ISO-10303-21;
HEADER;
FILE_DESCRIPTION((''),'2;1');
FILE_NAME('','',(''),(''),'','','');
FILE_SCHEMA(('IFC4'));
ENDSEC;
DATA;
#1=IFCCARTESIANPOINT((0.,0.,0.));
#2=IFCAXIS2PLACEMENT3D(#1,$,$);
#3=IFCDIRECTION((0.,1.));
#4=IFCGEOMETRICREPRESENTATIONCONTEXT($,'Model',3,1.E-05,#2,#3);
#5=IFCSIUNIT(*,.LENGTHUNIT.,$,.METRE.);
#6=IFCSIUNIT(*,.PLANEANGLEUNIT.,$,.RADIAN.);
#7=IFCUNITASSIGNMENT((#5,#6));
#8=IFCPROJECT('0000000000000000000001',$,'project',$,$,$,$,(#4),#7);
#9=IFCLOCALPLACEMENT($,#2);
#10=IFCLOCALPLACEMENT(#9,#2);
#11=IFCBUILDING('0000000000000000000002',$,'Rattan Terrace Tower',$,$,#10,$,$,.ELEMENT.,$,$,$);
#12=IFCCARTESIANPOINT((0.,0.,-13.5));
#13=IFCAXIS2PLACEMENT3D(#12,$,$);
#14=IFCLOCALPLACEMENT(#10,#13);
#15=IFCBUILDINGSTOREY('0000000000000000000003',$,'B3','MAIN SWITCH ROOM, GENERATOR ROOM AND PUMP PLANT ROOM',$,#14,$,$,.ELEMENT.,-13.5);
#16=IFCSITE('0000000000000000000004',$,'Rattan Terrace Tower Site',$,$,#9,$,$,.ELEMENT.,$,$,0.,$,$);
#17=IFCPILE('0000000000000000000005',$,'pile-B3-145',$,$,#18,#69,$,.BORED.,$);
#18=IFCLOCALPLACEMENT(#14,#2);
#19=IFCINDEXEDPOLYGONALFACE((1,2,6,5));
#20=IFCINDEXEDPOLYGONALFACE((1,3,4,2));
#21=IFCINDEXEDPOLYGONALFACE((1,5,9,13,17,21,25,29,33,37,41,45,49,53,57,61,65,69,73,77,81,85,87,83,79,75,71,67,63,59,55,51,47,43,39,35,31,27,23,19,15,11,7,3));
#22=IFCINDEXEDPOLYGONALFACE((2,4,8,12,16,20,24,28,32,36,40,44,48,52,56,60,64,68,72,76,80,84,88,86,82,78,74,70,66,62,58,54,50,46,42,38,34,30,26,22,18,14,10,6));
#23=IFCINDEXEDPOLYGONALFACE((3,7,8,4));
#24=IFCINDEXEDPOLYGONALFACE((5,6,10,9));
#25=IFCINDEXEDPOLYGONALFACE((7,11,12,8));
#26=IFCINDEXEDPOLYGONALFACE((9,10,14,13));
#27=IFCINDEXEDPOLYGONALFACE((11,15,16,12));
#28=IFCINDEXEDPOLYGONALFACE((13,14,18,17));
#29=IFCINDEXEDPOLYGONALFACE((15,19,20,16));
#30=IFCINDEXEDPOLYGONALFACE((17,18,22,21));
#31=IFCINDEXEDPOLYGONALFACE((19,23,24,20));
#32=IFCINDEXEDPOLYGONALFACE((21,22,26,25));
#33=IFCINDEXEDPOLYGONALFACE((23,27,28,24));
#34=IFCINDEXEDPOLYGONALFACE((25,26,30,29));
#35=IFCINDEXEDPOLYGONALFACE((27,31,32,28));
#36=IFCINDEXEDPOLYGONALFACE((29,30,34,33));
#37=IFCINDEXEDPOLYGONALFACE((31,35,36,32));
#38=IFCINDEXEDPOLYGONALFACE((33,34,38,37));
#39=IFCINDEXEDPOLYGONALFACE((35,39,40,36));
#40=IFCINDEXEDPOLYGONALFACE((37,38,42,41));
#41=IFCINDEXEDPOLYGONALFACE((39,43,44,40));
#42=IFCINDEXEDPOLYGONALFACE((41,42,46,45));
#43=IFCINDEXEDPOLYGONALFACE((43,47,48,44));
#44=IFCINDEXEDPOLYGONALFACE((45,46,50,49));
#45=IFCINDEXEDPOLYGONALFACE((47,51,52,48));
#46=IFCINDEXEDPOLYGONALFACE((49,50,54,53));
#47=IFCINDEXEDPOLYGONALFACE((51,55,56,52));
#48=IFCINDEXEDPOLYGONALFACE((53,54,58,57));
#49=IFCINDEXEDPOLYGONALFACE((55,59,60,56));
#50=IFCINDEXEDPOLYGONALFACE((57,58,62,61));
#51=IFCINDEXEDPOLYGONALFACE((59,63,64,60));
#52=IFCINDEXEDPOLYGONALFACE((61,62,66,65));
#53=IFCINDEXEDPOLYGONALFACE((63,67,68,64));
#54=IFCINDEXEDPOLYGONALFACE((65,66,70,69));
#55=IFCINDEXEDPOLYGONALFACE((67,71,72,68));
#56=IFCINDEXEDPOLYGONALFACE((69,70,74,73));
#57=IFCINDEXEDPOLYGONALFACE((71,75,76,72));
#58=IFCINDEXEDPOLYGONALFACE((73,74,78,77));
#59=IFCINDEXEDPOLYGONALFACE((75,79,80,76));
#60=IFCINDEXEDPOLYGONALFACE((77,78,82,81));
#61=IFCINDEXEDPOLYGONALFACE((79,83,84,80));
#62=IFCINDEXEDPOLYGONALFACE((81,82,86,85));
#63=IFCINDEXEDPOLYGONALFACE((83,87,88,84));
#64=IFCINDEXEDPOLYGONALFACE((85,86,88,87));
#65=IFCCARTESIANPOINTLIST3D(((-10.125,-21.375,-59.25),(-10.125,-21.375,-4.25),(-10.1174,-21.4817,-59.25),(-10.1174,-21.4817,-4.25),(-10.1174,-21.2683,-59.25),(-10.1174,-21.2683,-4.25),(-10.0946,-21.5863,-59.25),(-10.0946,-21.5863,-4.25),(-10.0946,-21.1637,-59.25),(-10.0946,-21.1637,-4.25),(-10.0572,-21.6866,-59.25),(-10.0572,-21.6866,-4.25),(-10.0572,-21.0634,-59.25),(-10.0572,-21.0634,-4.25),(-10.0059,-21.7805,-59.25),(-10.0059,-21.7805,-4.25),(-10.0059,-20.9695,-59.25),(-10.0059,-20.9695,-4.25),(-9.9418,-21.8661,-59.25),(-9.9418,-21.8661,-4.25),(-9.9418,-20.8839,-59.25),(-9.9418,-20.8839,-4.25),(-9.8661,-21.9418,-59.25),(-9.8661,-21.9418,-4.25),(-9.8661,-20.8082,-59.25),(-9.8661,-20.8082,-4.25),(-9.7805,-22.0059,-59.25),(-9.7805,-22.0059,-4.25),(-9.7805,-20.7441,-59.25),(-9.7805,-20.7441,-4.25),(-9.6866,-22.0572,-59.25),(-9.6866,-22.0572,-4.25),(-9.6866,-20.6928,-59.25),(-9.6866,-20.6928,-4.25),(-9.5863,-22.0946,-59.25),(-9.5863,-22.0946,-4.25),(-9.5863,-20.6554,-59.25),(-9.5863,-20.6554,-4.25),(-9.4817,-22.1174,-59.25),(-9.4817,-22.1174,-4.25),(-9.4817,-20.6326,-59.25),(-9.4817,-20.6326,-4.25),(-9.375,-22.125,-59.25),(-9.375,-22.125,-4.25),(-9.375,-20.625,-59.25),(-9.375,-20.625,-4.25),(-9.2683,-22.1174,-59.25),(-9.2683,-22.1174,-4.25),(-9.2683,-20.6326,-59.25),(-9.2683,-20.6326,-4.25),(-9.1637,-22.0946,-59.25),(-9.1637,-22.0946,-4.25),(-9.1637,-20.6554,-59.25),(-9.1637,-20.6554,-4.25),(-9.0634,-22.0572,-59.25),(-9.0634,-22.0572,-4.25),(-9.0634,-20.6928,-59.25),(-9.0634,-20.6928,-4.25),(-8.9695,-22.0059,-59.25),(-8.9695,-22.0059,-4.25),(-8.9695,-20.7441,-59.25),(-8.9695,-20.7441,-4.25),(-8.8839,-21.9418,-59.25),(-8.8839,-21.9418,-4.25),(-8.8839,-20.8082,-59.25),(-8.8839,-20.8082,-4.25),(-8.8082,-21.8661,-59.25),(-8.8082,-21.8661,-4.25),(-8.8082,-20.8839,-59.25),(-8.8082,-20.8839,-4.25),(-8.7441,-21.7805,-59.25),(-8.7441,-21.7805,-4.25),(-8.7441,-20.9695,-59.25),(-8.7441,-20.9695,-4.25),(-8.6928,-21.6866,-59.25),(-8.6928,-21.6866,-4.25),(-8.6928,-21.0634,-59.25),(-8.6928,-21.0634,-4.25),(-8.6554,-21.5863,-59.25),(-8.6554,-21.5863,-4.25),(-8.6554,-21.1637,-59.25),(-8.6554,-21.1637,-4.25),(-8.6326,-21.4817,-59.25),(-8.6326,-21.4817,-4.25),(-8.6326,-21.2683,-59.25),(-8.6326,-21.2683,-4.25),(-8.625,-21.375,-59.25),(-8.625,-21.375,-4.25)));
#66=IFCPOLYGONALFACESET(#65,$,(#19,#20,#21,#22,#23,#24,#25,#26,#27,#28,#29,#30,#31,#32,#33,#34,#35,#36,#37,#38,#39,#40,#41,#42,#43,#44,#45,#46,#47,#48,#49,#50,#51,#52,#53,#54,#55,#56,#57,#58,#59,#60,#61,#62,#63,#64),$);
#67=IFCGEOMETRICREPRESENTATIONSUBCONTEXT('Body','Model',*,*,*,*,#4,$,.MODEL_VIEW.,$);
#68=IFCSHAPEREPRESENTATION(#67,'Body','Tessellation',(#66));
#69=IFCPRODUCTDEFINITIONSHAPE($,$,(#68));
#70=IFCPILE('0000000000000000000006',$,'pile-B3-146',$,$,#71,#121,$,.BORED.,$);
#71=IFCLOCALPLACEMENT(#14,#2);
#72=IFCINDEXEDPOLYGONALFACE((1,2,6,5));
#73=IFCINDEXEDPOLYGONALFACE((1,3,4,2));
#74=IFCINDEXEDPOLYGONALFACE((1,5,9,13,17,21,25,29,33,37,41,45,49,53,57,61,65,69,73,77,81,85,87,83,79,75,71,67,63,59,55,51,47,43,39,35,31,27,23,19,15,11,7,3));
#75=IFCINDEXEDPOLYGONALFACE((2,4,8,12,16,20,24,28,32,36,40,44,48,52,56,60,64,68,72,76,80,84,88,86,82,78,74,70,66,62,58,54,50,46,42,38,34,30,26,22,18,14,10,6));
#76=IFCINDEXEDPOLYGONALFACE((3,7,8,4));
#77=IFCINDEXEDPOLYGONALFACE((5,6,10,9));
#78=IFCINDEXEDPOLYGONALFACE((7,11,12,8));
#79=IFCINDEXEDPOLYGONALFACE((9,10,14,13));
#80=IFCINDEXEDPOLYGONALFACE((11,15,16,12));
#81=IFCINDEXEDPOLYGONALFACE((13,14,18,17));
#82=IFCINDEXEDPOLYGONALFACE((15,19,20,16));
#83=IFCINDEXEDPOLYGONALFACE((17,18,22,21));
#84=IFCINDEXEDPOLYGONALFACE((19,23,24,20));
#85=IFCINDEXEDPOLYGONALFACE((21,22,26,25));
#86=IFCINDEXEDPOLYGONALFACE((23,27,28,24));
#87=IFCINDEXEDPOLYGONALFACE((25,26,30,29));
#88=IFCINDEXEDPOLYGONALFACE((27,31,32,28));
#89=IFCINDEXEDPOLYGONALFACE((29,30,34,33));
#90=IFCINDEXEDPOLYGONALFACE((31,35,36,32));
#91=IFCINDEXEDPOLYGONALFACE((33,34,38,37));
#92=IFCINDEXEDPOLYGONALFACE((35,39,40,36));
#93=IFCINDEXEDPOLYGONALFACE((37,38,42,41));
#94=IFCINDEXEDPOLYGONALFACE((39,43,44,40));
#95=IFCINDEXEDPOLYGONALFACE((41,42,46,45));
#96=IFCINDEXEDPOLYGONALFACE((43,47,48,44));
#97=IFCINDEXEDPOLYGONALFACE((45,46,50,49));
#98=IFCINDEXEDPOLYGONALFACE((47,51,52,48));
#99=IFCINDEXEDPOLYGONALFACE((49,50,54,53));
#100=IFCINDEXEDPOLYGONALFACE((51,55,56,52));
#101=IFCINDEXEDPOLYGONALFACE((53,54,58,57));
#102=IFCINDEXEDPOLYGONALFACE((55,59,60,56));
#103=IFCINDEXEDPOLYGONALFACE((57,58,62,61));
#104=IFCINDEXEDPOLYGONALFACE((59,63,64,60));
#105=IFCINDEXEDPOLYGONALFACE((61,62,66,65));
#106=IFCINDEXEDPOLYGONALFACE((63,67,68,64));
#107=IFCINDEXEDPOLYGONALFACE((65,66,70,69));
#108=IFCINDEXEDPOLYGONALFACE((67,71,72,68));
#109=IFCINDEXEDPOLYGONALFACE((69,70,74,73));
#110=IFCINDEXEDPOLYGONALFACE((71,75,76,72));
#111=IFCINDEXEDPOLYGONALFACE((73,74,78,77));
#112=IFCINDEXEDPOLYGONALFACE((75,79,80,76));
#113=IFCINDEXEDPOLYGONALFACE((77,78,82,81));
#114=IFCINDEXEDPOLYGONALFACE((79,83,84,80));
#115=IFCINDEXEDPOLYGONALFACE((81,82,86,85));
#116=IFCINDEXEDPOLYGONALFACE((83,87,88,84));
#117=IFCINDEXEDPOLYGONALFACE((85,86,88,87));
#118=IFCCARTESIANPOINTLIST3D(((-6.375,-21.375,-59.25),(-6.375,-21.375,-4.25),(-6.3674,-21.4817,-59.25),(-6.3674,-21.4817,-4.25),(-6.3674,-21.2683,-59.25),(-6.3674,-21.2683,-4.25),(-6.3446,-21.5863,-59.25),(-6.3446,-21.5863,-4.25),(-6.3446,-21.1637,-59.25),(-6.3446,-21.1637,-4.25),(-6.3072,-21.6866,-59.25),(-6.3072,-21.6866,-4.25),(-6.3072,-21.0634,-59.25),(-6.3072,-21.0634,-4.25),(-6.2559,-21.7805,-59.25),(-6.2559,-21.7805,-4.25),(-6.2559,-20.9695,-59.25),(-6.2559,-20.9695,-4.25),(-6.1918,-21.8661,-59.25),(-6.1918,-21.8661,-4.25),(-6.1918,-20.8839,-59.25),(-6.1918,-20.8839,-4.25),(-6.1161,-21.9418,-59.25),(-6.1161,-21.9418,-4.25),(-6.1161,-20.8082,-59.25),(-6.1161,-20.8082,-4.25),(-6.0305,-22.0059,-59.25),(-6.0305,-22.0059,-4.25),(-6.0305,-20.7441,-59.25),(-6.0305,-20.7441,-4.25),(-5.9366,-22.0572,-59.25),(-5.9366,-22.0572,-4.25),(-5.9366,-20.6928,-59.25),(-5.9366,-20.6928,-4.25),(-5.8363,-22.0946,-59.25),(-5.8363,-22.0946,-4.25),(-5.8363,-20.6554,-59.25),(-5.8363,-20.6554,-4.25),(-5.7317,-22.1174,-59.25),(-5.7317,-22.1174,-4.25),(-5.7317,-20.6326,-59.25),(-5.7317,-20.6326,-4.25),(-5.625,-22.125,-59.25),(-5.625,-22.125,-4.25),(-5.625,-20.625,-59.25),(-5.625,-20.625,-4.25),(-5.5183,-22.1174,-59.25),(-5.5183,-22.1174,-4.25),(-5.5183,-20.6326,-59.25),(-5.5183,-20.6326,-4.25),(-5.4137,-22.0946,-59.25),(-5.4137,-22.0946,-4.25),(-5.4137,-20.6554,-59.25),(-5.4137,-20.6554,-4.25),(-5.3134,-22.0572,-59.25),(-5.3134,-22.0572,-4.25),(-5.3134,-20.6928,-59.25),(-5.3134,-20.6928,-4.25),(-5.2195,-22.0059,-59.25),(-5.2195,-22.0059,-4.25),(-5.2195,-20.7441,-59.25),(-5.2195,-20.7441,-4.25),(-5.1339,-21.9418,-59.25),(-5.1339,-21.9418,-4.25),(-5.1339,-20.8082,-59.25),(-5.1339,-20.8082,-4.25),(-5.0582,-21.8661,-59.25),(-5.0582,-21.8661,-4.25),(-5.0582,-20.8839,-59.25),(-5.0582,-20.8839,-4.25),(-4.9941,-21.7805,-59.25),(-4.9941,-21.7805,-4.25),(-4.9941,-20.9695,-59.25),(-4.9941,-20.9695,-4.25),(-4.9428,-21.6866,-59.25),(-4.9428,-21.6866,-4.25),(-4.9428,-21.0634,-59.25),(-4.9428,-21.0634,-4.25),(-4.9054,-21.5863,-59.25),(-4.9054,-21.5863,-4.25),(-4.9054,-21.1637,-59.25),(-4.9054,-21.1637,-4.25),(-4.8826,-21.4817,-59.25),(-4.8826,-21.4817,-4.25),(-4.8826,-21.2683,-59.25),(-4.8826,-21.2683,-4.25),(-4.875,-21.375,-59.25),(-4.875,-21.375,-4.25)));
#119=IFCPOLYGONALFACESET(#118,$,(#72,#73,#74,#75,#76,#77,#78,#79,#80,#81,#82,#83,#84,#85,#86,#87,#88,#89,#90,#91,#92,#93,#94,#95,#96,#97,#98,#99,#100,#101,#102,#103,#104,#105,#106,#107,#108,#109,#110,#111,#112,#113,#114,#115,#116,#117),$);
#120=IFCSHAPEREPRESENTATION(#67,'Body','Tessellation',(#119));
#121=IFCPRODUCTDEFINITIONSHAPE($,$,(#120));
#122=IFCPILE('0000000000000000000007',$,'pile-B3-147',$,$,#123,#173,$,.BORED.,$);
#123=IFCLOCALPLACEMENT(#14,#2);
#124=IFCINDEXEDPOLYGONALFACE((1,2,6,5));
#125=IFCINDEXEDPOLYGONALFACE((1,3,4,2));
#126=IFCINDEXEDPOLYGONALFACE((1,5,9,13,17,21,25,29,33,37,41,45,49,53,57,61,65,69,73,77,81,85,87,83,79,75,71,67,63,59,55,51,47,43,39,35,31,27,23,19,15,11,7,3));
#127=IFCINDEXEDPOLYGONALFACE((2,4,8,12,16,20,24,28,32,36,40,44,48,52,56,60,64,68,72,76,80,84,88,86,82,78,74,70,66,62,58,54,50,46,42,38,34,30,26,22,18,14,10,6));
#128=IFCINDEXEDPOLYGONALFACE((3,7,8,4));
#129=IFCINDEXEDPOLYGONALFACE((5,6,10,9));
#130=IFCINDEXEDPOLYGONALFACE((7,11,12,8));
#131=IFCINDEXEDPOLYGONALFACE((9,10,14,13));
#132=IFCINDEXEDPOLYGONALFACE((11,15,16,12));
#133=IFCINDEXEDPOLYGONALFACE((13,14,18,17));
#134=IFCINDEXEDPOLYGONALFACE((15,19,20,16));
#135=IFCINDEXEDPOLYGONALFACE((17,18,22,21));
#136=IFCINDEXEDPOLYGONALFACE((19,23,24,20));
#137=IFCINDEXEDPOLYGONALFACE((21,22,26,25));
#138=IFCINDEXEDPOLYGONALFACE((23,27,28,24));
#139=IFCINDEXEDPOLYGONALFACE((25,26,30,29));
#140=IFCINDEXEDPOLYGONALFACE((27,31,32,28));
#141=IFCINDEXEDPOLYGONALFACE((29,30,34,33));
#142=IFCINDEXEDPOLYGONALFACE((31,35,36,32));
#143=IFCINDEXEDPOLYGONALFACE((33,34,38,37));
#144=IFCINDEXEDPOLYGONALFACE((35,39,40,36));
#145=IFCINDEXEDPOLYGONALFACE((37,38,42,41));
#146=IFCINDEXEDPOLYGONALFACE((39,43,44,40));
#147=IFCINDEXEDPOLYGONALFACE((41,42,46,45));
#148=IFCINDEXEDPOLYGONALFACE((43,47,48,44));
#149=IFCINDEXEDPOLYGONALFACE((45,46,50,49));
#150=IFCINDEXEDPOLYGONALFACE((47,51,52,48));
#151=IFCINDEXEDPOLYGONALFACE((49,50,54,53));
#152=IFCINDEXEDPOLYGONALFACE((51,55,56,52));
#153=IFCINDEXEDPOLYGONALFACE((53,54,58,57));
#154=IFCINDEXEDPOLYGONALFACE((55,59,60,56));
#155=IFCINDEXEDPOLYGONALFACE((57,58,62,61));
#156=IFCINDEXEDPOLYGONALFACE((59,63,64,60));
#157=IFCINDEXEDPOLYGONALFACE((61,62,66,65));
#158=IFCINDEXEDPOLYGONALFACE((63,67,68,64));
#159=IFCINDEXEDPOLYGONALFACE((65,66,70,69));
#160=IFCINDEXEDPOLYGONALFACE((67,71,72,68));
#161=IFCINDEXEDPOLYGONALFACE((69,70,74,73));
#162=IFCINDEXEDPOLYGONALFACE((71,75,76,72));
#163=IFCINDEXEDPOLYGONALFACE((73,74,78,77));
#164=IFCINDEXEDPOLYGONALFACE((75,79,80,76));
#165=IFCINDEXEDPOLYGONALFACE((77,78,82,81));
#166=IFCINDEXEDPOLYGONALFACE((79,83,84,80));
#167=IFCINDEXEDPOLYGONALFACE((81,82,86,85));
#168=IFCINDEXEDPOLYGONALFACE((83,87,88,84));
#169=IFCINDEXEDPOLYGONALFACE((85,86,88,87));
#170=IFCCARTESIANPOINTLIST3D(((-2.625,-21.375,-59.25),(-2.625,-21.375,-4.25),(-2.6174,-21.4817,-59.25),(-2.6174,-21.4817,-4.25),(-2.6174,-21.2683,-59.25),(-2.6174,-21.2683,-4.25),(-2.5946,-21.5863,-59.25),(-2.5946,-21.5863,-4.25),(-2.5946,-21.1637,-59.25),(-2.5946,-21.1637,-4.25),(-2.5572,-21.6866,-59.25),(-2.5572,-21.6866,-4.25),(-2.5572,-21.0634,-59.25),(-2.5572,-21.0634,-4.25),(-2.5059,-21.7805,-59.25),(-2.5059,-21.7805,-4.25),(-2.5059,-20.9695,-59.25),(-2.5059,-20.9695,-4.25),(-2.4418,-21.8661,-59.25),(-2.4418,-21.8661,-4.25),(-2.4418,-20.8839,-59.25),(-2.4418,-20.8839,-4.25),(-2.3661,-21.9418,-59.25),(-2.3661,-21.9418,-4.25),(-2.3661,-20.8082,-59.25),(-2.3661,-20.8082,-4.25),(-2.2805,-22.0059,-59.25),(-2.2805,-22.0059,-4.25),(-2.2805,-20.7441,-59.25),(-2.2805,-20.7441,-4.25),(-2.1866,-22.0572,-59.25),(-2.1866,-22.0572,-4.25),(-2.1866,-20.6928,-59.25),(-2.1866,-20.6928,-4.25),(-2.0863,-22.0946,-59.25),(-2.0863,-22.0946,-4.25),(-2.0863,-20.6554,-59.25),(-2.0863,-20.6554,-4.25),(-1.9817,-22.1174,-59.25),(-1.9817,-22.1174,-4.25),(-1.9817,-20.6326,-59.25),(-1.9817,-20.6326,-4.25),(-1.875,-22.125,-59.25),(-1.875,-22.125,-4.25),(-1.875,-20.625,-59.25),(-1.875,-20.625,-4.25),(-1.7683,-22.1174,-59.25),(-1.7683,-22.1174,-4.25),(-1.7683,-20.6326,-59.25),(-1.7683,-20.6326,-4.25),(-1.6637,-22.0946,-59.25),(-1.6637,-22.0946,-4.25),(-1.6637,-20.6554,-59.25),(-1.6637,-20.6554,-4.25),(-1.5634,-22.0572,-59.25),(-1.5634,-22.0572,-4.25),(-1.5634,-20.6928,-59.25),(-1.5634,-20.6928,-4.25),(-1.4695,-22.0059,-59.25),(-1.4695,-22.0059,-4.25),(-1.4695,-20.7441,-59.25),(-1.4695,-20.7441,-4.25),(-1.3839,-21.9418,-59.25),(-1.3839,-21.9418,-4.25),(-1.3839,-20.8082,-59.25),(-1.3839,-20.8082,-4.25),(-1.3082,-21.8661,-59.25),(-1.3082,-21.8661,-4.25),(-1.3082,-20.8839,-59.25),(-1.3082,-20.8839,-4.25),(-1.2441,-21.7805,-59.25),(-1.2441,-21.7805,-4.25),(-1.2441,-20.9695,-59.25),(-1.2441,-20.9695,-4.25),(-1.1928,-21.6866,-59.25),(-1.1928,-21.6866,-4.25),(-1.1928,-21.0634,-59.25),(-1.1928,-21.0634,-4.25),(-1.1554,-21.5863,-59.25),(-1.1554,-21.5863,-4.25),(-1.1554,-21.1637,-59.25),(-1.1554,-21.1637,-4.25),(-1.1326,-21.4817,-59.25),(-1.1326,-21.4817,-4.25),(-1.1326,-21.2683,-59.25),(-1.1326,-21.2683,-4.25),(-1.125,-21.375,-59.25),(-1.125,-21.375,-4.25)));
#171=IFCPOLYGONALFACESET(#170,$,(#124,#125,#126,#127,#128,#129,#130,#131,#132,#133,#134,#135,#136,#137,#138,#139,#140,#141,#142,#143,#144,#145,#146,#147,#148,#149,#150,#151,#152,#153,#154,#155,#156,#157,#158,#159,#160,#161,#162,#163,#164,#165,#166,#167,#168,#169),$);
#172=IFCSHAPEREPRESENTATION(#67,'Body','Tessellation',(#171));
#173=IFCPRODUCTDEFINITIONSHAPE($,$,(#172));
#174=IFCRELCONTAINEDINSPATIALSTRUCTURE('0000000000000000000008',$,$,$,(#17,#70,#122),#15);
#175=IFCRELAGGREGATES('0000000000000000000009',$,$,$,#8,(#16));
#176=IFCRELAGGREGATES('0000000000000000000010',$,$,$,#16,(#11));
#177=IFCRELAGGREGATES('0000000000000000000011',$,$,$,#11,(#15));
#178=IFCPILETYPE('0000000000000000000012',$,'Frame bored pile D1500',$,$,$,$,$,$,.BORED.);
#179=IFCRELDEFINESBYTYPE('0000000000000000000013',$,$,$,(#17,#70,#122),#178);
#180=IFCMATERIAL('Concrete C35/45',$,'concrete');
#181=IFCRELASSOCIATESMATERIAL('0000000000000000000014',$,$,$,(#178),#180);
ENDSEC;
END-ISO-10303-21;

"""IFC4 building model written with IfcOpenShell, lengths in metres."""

from ifc_helpers import new_model, si_unit, direction, frame, origin, origin_2d, place, context, subcontext, project, spatial, circle, extrude, material, material_profile, profile_set, type_object, element, save


model = new_model("IFC4")

# Units and contexts
model_context = context("Model", 3, precision=1e-05, world=origin(), true_north=direction((0.0, 1.0)))
body_context = subcontext(model_context, "Body", "Model", "MODEL_VIEW")
ifc_project = project(units=[si_unit("LENGTHUNIT", "METRE"), si_unit("PLANEANGLEUNIT", "RADIAN")], contexts=[model_context])

# Site, building, storey
site_placement = place(None, origin())
site = spatial("IfcSite", under=ifc_project, at=site_placement, Name="Rattan Terrace Tower Site", CompositionType="ELEMENT", RefElevation=0.0)
building_placement = place(site_placement, origin())
building = spatial("IfcBuilding", under=site, at=building_placement, Name="Rattan Terrace Tower", CompositionType="ELEMENT")
storey_placement = place(building_placement, frame((0.0, 0.0, -13.5)))
storey = spatial("IfcBuildingStorey", under=building, at=storey_placement, Name="B3", Description="MAIN SWITCH ROOM, GENERATOR ROOM AND PUMP PLANT ROOM", CompositionType="ELEMENT", Elevation=-13.5)

# Piles
ifc_material_1 = material(Name="Concrete C35/45", Category="concrete")
ifc_material_profile_1 = material_profile(ifc_material_1, circle(Radius=0.75, at=origin_2d()), Name="PILE D1500")
ifc_profile_set_1 = profile_set([ifc_material_profile_1], Name="Concrete C35/45")
pile_type = type_object("IfcPileType", Name="Frame bored pile D1500", PredefinedType="BORED", material=ifc_profile_set_1)
for number, where, z_axis, x_axis, name in (
    (1, (-9.375, -21.375, -4.25), (0.0, 0.0, -1.0), (1.0, 0.0, 0.0), "pile-B3-145"),
    (2, (-5.625, -21.375, -4.25), (0.0, 0.0, -1.0), (1.0, 0.0, 0.0), "pile-B3-146"),
    (3, (-1.875, -21.375, -4.25), (0.0, 0.0, -1.0), (1.0, 0.0, 0.0), "pile-B3-147"),
):
    element("IfcPile", number, at=place(storey_placement, frame(where, z_axis=z_axis, x_axis=x_axis)), inside=storey, type_object=pile_type, Name=name, PredefinedType="BORED", context=body_context, shape_type="SweptSolid", body=[
        extrude(circle(Radius=0.75, at=origin_2d()), origin(), (0.0, 0.0, 1.0), 55.0),
    ])

save(model, "model.ifc")
